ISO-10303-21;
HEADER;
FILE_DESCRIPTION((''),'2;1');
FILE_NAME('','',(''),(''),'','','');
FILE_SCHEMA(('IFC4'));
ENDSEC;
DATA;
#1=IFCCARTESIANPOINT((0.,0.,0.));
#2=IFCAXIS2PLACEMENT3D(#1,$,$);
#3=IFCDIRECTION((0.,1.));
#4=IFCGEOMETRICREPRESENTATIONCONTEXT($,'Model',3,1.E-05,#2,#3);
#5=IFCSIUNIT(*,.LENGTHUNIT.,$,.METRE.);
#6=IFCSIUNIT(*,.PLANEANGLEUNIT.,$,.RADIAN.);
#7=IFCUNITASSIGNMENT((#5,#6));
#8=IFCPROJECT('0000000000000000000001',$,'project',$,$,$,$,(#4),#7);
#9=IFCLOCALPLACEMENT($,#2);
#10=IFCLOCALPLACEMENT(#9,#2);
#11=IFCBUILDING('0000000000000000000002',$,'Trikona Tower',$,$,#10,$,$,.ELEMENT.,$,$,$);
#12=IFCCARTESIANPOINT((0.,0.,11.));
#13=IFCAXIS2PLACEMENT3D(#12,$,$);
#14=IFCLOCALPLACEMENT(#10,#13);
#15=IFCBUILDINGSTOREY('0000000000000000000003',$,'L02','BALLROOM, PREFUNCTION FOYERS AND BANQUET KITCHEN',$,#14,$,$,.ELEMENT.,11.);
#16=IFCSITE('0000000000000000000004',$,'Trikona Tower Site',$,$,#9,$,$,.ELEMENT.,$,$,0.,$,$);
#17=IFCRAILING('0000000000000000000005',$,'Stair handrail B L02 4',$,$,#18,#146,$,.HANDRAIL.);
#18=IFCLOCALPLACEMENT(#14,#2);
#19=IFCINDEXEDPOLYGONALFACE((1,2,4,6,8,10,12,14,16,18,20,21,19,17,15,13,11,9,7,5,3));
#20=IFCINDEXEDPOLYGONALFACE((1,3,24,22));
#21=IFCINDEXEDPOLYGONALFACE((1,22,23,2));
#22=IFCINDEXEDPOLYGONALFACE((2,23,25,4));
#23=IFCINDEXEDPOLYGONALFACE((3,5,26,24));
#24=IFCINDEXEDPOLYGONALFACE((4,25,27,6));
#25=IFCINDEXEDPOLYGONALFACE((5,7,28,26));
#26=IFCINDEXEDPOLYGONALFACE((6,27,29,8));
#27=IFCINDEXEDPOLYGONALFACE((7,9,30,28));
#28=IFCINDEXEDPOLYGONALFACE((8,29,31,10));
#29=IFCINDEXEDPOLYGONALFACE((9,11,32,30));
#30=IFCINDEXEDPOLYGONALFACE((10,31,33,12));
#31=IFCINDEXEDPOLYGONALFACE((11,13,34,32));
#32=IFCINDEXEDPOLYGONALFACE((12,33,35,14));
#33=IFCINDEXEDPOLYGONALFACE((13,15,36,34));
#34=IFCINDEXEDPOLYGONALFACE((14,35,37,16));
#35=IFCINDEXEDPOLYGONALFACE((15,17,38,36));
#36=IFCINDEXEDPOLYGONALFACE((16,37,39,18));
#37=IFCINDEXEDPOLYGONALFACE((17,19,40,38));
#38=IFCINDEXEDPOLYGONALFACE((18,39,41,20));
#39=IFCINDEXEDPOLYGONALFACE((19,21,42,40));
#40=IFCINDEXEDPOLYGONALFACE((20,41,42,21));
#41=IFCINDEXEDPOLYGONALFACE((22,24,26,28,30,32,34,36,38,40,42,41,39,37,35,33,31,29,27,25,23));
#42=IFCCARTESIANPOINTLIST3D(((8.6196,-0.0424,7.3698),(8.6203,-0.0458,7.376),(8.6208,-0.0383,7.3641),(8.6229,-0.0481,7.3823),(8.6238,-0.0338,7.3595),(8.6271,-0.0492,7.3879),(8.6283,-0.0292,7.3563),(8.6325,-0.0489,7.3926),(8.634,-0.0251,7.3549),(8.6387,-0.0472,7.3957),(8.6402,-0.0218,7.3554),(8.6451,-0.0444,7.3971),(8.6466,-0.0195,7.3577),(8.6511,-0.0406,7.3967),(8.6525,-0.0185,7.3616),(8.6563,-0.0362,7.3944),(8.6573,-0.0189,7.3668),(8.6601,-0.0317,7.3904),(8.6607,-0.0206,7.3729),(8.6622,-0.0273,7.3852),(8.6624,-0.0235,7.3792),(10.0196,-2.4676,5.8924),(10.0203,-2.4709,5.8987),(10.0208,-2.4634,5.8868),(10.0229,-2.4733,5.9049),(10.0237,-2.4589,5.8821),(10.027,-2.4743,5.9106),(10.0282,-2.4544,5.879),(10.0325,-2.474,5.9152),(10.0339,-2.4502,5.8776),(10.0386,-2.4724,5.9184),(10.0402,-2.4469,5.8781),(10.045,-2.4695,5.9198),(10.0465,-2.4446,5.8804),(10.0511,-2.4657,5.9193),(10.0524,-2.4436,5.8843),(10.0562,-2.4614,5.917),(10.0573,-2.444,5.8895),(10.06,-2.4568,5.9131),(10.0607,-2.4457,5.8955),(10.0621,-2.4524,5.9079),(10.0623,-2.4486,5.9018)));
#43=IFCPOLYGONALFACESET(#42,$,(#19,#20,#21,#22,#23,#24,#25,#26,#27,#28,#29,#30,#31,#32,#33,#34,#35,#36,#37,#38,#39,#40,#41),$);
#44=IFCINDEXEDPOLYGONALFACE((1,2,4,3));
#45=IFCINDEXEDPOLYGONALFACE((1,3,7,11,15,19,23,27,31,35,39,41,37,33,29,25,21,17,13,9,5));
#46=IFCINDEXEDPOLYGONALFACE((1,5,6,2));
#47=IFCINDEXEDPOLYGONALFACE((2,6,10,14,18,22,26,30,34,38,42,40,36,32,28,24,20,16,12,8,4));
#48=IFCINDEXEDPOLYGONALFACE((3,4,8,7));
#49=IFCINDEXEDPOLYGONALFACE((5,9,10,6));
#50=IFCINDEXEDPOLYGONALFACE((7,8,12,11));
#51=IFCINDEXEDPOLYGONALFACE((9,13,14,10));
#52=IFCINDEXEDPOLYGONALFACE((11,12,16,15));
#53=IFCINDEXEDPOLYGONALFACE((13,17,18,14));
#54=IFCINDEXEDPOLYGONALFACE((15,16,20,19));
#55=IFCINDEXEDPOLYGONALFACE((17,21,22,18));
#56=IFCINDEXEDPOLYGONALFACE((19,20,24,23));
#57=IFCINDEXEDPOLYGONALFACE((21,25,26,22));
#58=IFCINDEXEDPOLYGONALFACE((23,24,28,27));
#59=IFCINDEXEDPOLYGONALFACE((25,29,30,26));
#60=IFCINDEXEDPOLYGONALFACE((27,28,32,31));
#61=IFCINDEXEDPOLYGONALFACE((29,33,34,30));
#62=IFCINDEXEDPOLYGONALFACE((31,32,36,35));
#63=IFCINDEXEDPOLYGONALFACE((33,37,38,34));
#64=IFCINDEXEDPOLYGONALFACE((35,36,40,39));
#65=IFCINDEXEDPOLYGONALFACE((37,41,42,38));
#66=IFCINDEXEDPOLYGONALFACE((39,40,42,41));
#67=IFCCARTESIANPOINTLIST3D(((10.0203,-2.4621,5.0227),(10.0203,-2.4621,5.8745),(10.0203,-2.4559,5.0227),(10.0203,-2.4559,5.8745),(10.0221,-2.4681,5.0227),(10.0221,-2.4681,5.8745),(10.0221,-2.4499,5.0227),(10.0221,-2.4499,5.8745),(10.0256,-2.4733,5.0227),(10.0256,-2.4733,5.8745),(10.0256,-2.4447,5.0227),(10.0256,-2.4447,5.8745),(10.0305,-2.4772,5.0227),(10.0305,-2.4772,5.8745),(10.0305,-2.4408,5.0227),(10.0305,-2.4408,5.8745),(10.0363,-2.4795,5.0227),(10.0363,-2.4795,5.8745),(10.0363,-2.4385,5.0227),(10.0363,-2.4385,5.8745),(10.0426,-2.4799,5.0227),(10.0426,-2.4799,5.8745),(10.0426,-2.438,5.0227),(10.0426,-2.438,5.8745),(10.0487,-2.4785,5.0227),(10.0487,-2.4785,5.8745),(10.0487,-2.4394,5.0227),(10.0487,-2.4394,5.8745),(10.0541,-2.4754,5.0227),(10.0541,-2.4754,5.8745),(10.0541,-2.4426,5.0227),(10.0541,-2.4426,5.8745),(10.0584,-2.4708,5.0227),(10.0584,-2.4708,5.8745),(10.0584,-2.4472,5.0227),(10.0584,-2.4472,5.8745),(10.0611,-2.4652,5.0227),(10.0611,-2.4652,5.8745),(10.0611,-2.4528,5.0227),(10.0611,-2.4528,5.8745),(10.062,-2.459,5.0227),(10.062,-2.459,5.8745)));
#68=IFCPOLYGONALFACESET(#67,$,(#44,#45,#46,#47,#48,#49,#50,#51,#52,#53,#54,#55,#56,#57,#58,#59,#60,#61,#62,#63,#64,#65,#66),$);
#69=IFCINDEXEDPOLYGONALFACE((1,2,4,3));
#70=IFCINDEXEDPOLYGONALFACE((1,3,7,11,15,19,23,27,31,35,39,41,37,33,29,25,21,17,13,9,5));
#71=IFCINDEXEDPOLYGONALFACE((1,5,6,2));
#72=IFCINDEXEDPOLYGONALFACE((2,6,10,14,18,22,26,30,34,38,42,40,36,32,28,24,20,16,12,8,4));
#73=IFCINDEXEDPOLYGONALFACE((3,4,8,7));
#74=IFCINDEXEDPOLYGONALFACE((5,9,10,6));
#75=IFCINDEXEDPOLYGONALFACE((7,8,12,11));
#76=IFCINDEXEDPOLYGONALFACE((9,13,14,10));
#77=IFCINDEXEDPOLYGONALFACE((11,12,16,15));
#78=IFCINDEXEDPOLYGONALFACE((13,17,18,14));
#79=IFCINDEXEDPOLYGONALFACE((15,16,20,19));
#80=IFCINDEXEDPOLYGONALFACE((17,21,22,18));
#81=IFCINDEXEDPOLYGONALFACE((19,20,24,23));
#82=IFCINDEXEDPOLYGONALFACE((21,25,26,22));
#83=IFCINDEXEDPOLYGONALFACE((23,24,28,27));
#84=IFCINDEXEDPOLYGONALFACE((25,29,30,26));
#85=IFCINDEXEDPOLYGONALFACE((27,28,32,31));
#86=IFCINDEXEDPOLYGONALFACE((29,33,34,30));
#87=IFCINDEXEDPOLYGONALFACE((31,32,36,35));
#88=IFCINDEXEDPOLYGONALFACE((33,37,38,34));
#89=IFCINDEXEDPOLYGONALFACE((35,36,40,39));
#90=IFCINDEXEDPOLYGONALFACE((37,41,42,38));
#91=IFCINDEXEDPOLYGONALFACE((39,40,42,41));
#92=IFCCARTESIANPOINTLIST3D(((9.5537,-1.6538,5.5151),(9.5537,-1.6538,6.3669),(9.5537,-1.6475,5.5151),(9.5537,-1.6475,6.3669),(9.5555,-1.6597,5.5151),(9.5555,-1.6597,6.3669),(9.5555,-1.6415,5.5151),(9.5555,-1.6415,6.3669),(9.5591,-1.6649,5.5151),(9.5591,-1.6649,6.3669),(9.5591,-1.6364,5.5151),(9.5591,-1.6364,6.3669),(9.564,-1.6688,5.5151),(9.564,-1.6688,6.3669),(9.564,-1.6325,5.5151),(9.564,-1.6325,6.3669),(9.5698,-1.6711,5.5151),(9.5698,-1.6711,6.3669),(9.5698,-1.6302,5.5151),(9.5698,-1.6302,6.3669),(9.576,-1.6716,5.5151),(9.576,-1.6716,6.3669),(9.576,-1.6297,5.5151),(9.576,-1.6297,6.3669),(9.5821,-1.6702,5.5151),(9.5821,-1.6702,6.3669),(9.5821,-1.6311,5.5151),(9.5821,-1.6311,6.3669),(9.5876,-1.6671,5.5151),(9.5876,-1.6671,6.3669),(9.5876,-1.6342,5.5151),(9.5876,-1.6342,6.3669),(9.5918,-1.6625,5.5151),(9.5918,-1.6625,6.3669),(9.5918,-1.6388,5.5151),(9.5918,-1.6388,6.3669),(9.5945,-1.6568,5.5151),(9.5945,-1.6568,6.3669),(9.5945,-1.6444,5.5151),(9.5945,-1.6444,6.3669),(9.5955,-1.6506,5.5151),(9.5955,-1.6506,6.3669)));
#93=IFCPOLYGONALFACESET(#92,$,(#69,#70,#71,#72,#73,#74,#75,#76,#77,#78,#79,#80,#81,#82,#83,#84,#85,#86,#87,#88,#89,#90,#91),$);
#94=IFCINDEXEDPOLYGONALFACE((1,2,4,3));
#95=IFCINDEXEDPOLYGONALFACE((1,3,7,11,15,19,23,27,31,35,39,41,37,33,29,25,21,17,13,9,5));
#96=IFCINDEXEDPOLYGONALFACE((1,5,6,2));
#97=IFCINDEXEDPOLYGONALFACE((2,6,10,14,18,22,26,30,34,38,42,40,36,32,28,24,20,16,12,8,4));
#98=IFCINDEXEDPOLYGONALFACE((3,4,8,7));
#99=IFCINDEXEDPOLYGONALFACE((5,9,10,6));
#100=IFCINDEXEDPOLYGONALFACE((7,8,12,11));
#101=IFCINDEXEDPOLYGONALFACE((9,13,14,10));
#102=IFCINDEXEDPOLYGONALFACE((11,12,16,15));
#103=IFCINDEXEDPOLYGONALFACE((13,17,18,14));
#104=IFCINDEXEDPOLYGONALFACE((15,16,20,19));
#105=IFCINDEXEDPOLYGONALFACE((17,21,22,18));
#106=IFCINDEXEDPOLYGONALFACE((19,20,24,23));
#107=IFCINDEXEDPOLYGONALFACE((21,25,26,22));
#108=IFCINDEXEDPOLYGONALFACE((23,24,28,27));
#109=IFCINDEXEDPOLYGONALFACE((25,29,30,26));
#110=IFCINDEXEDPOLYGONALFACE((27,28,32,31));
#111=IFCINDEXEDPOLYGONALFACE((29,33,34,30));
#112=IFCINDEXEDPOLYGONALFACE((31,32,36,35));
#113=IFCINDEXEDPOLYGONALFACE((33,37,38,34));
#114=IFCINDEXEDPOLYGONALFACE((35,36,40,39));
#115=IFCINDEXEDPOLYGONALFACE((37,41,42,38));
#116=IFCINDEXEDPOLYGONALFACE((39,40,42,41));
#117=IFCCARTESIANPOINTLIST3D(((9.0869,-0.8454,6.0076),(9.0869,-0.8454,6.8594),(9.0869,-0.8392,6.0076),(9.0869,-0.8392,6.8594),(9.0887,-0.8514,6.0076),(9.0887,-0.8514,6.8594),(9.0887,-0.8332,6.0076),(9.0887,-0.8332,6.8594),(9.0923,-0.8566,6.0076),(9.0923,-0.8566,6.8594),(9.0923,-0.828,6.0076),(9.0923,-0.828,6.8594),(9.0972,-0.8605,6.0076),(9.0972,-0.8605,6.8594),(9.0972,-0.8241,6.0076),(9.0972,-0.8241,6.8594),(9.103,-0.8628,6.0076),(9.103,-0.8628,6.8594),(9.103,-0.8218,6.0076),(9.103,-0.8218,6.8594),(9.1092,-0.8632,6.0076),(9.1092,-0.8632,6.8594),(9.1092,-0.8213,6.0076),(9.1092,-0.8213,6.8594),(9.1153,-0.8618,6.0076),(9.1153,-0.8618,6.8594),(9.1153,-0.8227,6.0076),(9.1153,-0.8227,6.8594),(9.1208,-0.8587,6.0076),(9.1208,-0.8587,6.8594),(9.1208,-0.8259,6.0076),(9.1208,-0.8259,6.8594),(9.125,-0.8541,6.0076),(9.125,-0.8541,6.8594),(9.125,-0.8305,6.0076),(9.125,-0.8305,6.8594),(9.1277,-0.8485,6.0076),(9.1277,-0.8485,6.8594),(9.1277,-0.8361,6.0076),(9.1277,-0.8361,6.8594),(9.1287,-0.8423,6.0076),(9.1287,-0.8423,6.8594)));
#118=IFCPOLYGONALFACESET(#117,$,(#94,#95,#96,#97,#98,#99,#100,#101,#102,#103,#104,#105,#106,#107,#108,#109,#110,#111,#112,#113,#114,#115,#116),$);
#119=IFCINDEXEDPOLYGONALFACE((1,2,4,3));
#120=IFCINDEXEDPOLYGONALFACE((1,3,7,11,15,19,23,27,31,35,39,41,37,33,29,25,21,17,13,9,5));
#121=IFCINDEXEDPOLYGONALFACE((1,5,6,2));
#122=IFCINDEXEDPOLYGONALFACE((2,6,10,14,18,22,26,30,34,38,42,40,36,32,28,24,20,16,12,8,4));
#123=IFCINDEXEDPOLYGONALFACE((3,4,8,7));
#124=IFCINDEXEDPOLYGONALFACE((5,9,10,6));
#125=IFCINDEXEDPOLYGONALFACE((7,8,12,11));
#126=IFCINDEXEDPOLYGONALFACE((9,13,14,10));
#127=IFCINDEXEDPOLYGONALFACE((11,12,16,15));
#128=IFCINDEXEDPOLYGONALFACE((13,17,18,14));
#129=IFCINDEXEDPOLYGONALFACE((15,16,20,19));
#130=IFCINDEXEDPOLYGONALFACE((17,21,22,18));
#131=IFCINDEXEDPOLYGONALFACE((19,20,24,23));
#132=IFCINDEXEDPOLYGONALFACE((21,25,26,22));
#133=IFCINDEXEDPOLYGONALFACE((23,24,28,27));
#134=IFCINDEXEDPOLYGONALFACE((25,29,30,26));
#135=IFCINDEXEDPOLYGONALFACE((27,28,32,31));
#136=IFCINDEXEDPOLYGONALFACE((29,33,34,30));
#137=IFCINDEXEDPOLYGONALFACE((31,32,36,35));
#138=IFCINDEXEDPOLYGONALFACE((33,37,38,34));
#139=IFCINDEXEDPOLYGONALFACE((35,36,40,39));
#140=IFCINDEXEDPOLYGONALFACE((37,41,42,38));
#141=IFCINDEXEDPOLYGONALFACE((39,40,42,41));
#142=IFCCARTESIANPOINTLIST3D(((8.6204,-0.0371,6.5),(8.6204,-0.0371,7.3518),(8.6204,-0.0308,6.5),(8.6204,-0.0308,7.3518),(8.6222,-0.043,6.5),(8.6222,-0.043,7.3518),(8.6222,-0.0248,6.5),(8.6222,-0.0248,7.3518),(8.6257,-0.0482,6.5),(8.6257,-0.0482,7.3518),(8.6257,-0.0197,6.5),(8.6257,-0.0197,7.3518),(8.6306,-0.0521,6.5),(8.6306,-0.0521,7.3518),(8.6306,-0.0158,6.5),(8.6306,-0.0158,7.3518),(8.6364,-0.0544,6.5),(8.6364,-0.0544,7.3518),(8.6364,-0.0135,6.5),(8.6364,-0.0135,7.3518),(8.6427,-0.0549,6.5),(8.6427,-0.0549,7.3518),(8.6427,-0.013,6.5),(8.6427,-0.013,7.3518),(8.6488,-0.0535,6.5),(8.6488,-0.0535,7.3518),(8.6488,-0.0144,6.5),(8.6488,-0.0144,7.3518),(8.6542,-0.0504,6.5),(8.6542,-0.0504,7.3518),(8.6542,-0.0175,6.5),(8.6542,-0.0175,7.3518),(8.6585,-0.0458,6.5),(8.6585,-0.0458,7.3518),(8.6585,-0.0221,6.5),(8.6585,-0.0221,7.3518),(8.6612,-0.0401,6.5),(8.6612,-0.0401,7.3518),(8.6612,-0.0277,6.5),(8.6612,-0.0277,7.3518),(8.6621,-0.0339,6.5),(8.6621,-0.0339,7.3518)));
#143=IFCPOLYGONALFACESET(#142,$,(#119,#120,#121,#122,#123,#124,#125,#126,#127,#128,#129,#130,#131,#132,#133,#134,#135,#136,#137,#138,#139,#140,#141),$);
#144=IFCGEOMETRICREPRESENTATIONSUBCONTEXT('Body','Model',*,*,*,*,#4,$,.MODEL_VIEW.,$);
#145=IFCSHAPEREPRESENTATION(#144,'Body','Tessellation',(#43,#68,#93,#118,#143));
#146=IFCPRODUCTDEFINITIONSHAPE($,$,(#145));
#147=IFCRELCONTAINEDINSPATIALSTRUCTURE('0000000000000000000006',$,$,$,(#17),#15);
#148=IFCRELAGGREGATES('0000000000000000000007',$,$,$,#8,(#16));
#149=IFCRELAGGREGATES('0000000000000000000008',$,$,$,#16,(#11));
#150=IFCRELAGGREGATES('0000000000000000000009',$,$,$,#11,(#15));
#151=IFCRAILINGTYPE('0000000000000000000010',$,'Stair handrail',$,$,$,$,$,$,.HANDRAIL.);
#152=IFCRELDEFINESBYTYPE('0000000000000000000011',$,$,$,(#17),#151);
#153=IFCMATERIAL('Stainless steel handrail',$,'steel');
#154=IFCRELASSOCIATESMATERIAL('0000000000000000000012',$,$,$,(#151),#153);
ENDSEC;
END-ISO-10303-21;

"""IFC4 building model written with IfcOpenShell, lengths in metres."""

from ifc_helpers import new_model, si_unit, direction, frame, origin, origin_2d, place, context, subcontext, project, spatial, circle, extrude, material, type_object, element, save


model = new_model("IFC4")

# Units and contexts
model_context = context("Model", 3, precision=1e-05, world=origin(), true_north=direction((0.0, 1.0)))
body_context = subcontext(model_context, "Body", "Model", "MODEL_VIEW")
ifc_project = project(units=[si_unit("LENGTHUNIT", "METRE"), si_unit("PLANEANGLEUNIT", "RADIAN")], contexts=[model_context])

# Site, building, storey
site_placement = place(None, origin())
site = spatial("IfcSite", under=ifc_project, at=site_placement, Name="Trikona Tower Site", CompositionType="ELEMENT", RefElevation=0.0)
building_placement = place(site_placement, origin())
building = spatial("IfcBuilding", under=site, at=building_placement, Name="Trikona Tower", CompositionType="ELEMENT")
storey_placement = place(building_placement, frame((0.0, 0.0, 11.0)))
storey = spatial("IfcBuildingStorey", under=building, at=storey_placement, Name="L02", Description="BALLROOM, PREFUNCTION FOYERS AND BANQUET KITCHEN", CompositionType="ELEMENT", Elevation=11.0)

# Railing
ifc_material_1 = material(Name="Stainless steel handrail", Category="steel")
railing_type = type_object("IfcRailingType", Name="Stair handrail", PredefinedType="HANDRAIL", material=ifc_material_1)
for number, where, name in (
    (1, (10.041, -2.459, 5.0227), "Stair handrail B L02 4"),
):
    element("IfcRailing", number, at=place(storey_placement, frame(where)), inside=storey, type_object=railing_type, Name=name, PredefinedType="HANDRAIL", context=body_context, shape_type="SweptSolid", body=[
        extrude(circle(Radius=0.0239, at=origin_2d()), frame((0.0, 0.0, 0.876), z_axis=(-0.44218, 0.765988, 0.466626), x_axis=(-0.866056, -0.499946, 0.0)), (0.0, 0.0, 1.0), 3.166),
        extrude(circle(Radius=0.021, at=origin_2d()), origin(), (0.0, 0.0, 1.0), 0.8518),
        extrude(circle(Radius=0.021, at=origin_2d()), frame((-0.4666, 0.8083, 0.4924)), (0.0, 0.0, 1.0), 0.8518),
        extrude(circle(Radius=0.021, at=origin_2d()), frame((-0.9333, 1.6167, 0.9849)), (0.0, 0.0, 1.0), 0.8518),
        extrude(circle(Radius=0.021, at=origin_2d()), frame((-1.3999, 2.425, 1.4773)), (0.0, 0.0, 1.0), 0.8518),
    ])

save(model, "model.ifc")
